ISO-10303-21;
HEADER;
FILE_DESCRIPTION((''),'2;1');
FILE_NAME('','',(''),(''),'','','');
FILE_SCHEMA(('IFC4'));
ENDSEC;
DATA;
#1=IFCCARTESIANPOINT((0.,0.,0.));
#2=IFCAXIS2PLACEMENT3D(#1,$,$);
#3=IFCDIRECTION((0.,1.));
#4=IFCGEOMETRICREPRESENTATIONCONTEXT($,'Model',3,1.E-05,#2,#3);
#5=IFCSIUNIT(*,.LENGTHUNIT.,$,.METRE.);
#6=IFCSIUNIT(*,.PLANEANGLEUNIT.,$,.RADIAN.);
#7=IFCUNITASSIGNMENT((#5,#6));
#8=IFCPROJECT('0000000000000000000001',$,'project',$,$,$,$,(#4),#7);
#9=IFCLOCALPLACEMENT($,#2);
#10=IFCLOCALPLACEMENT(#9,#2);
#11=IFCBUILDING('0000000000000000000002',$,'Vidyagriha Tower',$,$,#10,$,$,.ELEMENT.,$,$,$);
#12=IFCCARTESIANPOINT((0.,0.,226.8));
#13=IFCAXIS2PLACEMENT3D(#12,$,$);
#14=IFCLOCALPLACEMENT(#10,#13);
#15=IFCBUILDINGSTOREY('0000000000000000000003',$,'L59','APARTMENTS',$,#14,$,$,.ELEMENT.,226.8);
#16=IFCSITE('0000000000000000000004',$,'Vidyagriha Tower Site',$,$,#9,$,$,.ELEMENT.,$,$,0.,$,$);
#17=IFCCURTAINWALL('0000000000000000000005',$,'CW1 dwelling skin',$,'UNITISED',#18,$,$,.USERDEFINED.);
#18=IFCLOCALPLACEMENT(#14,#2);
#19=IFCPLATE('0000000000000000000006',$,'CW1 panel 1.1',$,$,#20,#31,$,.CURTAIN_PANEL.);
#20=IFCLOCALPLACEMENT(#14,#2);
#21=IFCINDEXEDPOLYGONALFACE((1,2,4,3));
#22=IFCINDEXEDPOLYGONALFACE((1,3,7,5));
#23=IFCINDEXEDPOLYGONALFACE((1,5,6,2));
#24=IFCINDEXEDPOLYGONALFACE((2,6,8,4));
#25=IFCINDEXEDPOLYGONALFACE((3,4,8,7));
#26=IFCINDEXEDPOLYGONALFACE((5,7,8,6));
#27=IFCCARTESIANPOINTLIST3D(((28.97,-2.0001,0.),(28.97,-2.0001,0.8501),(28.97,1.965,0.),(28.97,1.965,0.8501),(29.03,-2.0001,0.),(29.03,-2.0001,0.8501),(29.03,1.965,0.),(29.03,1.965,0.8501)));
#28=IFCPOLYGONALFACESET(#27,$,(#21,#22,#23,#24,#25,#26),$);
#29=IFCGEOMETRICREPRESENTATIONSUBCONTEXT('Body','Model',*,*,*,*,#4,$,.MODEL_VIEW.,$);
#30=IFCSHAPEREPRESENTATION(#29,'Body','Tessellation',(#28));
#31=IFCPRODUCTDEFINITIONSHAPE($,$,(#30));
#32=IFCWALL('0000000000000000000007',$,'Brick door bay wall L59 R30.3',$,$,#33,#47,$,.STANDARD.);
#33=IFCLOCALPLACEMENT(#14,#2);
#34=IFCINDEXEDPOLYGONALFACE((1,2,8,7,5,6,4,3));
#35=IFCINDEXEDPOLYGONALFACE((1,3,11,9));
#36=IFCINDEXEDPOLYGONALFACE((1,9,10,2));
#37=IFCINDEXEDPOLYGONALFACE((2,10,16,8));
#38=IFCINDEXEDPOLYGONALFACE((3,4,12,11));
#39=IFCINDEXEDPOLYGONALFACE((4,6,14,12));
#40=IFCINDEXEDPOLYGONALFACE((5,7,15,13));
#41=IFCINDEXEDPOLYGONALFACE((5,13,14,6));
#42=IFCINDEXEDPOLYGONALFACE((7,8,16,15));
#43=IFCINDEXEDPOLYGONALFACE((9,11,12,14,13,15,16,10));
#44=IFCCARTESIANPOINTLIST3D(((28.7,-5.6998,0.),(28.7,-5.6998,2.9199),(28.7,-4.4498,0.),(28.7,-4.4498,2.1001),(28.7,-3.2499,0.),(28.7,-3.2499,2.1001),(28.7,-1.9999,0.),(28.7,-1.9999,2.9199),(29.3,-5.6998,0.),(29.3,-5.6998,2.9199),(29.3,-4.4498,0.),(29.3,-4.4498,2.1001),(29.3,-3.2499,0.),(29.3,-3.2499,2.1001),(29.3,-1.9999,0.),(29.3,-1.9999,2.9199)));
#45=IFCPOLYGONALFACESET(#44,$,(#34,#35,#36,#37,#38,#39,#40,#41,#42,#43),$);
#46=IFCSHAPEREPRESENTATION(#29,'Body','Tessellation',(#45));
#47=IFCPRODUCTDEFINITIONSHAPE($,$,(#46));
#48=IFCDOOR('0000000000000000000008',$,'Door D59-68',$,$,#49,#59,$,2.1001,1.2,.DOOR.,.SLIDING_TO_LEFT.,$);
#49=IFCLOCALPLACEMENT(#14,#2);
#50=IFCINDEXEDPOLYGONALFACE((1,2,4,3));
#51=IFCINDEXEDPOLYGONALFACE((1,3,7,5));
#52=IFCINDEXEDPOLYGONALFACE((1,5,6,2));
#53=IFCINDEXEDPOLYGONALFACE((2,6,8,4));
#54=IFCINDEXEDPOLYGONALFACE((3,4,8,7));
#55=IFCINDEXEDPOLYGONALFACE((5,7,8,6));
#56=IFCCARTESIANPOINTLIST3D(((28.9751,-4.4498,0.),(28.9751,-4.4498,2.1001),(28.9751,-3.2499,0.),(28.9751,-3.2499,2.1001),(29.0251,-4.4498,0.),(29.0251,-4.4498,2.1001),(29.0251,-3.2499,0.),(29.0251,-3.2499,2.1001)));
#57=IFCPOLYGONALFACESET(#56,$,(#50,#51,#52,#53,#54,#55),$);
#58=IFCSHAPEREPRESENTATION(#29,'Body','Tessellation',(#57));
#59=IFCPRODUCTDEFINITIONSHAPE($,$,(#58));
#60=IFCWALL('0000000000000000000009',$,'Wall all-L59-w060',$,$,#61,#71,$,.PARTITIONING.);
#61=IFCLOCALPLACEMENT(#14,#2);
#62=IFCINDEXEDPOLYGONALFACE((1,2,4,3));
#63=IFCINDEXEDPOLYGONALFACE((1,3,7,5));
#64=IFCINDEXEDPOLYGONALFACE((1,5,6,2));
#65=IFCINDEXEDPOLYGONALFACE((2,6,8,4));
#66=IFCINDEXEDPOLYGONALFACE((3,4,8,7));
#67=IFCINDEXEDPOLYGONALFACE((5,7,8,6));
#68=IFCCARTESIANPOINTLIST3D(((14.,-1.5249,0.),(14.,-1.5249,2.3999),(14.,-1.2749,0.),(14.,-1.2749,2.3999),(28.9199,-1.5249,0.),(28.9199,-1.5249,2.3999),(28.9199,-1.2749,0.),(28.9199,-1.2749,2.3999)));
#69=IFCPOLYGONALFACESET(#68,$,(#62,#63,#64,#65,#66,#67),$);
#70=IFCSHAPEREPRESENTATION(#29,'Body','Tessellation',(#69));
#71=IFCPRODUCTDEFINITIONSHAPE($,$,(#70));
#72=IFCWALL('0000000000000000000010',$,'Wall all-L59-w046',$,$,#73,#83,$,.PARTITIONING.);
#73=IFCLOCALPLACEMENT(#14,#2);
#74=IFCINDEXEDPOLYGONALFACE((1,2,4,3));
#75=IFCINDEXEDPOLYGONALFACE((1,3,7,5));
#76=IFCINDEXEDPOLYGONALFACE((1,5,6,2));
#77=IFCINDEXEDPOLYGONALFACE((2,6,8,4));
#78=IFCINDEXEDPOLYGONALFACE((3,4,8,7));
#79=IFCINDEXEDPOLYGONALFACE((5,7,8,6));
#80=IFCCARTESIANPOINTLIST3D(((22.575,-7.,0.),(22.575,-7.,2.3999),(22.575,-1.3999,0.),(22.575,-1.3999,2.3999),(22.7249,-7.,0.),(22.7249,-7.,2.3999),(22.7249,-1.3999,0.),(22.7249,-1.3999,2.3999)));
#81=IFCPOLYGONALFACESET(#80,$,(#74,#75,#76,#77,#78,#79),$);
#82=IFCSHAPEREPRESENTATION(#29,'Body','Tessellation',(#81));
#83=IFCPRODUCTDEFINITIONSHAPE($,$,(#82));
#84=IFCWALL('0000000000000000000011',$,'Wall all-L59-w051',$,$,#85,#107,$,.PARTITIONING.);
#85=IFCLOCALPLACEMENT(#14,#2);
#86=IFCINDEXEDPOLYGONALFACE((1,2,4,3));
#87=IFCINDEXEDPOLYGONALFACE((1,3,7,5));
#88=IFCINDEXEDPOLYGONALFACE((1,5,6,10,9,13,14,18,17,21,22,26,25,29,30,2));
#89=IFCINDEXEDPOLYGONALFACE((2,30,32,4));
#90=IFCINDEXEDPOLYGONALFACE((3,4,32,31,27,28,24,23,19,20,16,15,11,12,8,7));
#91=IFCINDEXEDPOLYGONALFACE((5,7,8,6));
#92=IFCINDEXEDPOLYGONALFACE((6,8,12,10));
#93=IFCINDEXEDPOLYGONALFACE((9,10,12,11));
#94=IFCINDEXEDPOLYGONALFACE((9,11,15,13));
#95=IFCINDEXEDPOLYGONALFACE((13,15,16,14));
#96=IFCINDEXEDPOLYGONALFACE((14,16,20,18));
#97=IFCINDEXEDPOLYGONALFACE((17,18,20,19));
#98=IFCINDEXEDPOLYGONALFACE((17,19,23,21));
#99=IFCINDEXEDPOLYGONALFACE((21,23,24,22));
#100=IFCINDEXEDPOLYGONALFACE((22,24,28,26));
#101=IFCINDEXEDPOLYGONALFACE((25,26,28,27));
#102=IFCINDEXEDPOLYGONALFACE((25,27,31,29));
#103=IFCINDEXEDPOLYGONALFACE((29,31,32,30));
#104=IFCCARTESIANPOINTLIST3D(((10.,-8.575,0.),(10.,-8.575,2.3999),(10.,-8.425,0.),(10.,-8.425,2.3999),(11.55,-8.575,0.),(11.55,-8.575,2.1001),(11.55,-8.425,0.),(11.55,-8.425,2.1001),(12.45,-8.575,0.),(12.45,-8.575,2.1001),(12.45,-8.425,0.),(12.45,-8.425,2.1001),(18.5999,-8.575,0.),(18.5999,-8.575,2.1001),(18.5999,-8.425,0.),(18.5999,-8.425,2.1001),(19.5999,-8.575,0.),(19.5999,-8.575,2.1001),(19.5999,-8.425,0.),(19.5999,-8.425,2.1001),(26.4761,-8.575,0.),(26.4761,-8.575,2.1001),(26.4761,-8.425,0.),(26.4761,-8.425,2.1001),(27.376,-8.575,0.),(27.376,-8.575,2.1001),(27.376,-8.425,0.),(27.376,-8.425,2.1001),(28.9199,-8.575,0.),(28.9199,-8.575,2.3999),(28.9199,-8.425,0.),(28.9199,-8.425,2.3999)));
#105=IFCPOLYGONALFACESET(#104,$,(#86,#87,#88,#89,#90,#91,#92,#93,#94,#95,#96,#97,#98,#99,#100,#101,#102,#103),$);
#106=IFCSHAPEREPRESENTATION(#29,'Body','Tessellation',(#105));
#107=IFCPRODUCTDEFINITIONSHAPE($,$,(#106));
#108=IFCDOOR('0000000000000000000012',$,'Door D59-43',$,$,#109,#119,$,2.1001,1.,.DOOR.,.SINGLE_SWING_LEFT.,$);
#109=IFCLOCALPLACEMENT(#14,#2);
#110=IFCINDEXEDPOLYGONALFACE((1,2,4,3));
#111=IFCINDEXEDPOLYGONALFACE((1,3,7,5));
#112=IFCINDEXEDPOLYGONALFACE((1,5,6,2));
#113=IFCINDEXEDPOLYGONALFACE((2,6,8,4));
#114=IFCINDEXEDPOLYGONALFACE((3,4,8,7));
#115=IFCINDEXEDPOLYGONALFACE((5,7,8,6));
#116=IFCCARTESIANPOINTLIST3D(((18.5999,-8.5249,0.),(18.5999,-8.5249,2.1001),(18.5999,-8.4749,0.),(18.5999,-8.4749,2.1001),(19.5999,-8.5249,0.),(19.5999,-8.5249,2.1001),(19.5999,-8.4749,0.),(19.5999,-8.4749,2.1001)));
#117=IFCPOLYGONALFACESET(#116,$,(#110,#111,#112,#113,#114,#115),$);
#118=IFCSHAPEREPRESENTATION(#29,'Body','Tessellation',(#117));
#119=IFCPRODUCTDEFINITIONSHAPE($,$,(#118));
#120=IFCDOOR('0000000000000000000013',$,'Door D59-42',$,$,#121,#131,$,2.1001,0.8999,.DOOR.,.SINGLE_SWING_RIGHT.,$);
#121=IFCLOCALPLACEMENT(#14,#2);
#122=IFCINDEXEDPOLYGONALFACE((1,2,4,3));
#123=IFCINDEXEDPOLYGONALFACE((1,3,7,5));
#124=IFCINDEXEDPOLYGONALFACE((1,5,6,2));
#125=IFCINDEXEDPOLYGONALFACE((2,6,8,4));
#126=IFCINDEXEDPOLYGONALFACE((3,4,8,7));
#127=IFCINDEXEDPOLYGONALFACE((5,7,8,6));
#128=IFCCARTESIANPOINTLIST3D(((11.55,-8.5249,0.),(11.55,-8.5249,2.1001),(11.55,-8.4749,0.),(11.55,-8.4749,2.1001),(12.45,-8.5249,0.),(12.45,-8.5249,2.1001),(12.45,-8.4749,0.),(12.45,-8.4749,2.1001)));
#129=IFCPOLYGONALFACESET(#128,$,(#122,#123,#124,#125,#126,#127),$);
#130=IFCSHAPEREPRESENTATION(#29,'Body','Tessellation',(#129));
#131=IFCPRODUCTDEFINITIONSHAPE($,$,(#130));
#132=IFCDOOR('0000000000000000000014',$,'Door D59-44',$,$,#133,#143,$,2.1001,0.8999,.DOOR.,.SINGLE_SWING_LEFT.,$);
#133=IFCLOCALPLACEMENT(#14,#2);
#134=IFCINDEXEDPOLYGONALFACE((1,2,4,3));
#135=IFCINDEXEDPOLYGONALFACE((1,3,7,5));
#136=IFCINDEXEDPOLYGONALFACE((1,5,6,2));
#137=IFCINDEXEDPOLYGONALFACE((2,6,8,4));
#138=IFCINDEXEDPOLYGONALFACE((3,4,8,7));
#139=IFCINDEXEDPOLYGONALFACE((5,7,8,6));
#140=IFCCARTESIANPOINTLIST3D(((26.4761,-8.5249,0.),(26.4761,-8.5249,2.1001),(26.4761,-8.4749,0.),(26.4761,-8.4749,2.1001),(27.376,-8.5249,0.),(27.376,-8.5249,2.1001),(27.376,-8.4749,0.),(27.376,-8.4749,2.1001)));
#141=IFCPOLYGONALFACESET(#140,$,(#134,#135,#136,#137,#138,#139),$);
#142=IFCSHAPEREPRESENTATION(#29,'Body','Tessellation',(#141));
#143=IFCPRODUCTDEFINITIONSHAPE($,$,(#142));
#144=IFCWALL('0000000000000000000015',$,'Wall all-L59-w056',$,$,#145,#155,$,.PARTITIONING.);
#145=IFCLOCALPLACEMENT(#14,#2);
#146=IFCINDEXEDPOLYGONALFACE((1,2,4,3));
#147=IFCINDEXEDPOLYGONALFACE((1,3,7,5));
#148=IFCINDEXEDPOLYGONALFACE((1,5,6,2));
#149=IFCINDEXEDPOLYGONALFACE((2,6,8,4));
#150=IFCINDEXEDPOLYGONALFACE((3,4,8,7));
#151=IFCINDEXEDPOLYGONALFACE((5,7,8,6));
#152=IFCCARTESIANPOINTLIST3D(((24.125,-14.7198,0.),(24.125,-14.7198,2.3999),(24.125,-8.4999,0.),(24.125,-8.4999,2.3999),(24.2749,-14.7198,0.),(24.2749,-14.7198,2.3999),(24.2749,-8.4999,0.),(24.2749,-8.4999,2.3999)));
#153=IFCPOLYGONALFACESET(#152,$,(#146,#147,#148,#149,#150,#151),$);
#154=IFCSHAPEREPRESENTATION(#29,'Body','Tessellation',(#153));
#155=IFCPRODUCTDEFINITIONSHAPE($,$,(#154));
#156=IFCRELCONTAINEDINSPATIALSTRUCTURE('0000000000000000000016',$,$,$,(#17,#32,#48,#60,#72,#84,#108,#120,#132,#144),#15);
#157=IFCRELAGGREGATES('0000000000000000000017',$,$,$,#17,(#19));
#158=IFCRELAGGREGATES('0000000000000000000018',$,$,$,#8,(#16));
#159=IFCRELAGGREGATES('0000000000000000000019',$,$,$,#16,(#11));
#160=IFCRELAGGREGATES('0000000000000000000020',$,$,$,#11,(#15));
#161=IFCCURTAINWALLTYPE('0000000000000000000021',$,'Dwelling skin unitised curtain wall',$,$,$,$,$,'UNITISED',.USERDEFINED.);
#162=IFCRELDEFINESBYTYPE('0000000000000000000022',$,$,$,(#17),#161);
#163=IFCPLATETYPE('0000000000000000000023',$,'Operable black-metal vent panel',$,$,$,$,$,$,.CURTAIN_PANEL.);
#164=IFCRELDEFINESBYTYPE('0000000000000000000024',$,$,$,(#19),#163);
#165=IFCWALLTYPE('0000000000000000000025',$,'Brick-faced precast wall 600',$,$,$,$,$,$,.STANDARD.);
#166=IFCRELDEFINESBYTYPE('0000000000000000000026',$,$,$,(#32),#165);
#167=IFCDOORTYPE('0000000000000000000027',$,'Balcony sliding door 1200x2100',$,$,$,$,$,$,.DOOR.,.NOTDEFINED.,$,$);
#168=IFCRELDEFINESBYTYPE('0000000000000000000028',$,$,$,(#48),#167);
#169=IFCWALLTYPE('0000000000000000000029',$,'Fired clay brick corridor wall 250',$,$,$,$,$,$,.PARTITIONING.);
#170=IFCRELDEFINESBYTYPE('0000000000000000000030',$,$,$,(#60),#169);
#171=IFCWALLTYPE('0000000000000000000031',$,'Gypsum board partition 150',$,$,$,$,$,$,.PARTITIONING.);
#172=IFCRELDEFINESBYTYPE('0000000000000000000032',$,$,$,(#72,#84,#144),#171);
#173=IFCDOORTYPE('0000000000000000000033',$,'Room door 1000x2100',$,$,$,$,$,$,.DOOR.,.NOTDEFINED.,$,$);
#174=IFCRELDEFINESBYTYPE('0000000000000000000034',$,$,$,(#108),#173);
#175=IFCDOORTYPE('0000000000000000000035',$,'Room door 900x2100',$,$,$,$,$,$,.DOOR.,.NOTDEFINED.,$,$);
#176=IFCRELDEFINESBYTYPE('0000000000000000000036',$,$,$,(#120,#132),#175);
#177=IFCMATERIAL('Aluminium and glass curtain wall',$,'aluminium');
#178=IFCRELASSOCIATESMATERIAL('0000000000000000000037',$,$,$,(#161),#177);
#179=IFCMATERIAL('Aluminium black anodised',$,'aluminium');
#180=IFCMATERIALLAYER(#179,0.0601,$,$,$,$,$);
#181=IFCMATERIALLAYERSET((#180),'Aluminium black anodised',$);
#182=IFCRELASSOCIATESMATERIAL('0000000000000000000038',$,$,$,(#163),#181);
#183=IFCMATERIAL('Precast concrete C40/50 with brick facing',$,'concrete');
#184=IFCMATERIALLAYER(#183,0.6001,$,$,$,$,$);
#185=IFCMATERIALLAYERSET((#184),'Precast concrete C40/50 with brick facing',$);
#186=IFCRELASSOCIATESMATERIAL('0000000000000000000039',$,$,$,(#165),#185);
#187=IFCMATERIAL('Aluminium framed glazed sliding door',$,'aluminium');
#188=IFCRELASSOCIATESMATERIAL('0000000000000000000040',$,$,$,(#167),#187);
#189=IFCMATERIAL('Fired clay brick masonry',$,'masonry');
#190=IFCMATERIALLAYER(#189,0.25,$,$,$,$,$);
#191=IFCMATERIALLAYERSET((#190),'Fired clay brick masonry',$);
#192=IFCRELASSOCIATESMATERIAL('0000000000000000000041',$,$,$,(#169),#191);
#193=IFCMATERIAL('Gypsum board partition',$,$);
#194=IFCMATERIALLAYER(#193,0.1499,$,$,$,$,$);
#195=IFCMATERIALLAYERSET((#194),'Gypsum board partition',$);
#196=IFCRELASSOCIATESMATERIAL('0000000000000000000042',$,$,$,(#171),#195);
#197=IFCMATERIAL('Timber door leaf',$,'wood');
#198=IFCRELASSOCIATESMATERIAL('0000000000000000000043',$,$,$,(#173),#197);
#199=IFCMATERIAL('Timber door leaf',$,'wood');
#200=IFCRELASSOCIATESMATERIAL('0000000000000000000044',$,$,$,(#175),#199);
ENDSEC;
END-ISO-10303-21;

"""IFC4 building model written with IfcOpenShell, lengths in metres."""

from ifc_helpers import new_model, si_unit, direction, frame, frame_2d, origin, origin_2d, place, context, subcontext, project, spatial, rectangle, extrude, material, layer, layer_set, type_object, element, fill, aggregate, save


model = new_model("IFC4")

# Units and contexts
model_context = context("Model", 3, precision=1e-05, world=origin(), true_north=direction((0.0, 1.0)))
body_context = subcontext(model_context, "Body", "Model", "MODEL_VIEW")
ifc_project = project(units=[si_unit("LENGTHUNIT", "METRE"), si_unit("PLANEANGLEUNIT", "RADIAN")], contexts=[model_context])

# Site, building, storey
site_placement = place(None, origin())
site = spatial("IfcSite", under=ifc_project, at=site_placement, Name="Vidyagriha Tower Site", CompositionType="ELEMENT", RefElevation=0.0)
building_placement = place(site_placement, origin())
building = spatial("IfcBuilding", under=site, at=building_placement, Name="Vidyagriha Tower", CompositionType="ELEMENT")
storey_placement = place(building_placement, frame((0.0, 0.0, 226.8)))
storey = spatial("IfcBuildingStorey", under=building, at=storey_placement, Name="L59", Description="APARTMENTS", CompositionType="ELEMENT", Elevation=226.8)

# Shared definitions
ifc_material_1 = material(Name="Aluminium and glass curtain wall", Category="aluminium")
curtain_wall_type = type_object("IfcCurtainWallType", Name="Dwelling skin unitised curtain wall", ElementType="UNITISED", PredefinedType="USERDEFINED", material=ifc_material_1)

# Curtain wall
curtain_wall_1_placement = place(storey_placement, origin())
curtain_wall_1 = element("IfcCurtainWall", 1, at=curtain_wall_1_placement, inside=storey, type_object=curtain_wall_type, Name="CW1 dwelling skin", ObjectType="UNITISED", PredefinedType="USERDEFINED")

# Plate
ifc_material_2 = material(Name="Aluminium black anodised", Category="aluminium")
ifc_layer_1 = layer(ifc_material_2, 0.0601)
ifc_layer_set_1 = layer_set([ifc_layer_1], Name="Aluminium black anodised")
plate_type_1 = type_object("IfcPlateType", Name="Operable black-metal vent panel", PredefinedType="CURTAIN_PANEL", material=ifc_layer_set_1)
plate_1_placement = place(storey_placement, frame((29.0, -0.0176, 0.0), z_axis=(0.0, 0.0, 1.0), x_axis=(0.0, 1.0, 0.0)))
plate_1 = element("IfcPlate", 2, at=plate_1_placement, type_object=plate_type_1, Name="CW1 panel 1.1", PredefinedType="CURTAIN_PANEL", context=body_context, shape_type="SweptSolid", body=[
    extrude(rectangle(XDim=3.9651, YDim=0.0601, at=origin_2d()), origin(), (0.0, 0.0, 1.0), 0.8501),
])
aggregate(curtain_wall_1, [plate_1])

# Wall, opening, door
ifc_material_3 = material(Name="Precast concrete C40/50 with brick facing", Category="concrete")
ifc_layer_2 = layer(ifc_material_3, 0.6001)
ifc_layer_set_2 = layer_set([ifc_layer_2], Name="Precast concrete C40/50 with brick facing")
wall_type_1 = type_object("IfcWallType", Name="Brick-faced precast wall 600", PredefinedType="STANDARD", material=ifc_layer_set_2)
wall_1_placement = place(storey_placement, frame((29.0, -5.7, 0.0), z_axis=(0.0, 0.0, 1.0), x_axis=(0.0, 1.0, 0.0)))
wall_1 = element("IfcWall", 3, at=wall_1_placement, inside=storey, type_object=wall_type_1, Name="Brick door bay wall L59 R30.3", PredefinedType="STANDARD", context=body_context, shape_type="SweptSolid", body=[
    extrude(rectangle(XDim=3.7, YDim=0.6001, at=frame_2d((1.8501, 0.0))), origin(), (0.0, 0.0, 1.0), 2.9199),
])
opening_1_placement = place(wall_1_placement, frame((1.25, 0.0, 0.0)))
opening_1 = element("IfcOpeningElement", 4, at=opening_1_placement, cuts=wall_1, PredefinedType="OPENING", context=body_context, shape_type="SweptSolid", body=[
    extrude(rectangle(XDim=1.2, YDim=2.1001, at=frame_2d((0.6001, 1.05))), frame((0.0, 0.3101, 0.0), z_axis=(0.0, -1.0, 0.0), x_axis=(1.0, 0.0, 0.0)), (0.0, 0.0, 1.0), 0.6201),
])
ifc_material_4 = material(Name="Aluminium framed glazed sliding door", Category="aluminium")
door_type_1 = type_object("IfcDoorType", Name="Balcony sliding door 1200x2100", OperationType="NOTDEFINED", PredefinedType="DOOR", material=ifc_material_4)
door_1_placement = place(opening_1_placement, origin())
door_1 = element("IfcDoor", 5, at=door_1_placement, inside=storey, type_object=door_type_1, Name="Door D59-68", OperationType="SLIDING_TO_LEFT", OverallHeight=2.1001, OverallWidth=1.2, PredefinedType="DOOR", context=body_context, shape_type="SweptSolid", body=[
    extrude(rectangle(XDim=1.2, YDim=2.1001, at=frame_2d((0.6001, 1.05))), frame((0.0, 0.0249, 0.0), z_axis=(0.0, -1.0, 0.0), x_axis=(1.0, 0.0, 0.0)), (0.0, 0.0, 1.0), 0.05),
])
fill(opening_1, door_1)

# Walls
ifc_material_5 = material(Name="Fired clay brick masonry", Category="masonry")
ifc_layer_3 = layer(ifc_material_5, 0.25)
ifc_layer_set_3 = layer_set([ifc_layer_3], Name="Fired clay brick masonry")
wall_type_2 = type_object("IfcWallType", Name="Fired clay brick corridor wall 250", PredefinedType="PARTITIONING", material=ifc_layer_set_3)
wall_2_placement = place(storey_placement, frame((28.9199, -1.3999, 0.0), z_axis=(0.0, 0.0, 1.0), x_axis=(-1.0, 0.0, 0.0)))
element("IfcWall", 6, at=wall_2_placement, inside=storey, type_object=wall_type_2, Name="Wall all-L59-w060", PredefinedType="PARTITIONING", context=body_context, shape_type="SweptSolid", body=[
    extrude(rectangle(XDim=14.9199, YDim=0.25, at=frame_2d((7.46, 0.0))), origin(), (0.0, 0.0, 1.0), 2.3999),
])
ifc_material_6 = material(Name="Gypsum board partition")
ifc_layer_4 = layer(ifc_material_6, 0.1499)
ifc_layer_set_4 = layer_set([ifc_layer_4], Name="Gypsum board partition")
wall_type_3 = type_object("IfcWallType", Name="Gypsum board partition 150", PredefinedType="PARTITIONING", material=ifc_layer_set_4)
wall_3_placement = place(storey_placement, frame((22.6499, -1.3999, 0.0), z_axis=(0.0, 0.0, 1.0), x_axis=(0.0, -1.0, 0.0)))
element("IfcWall", 7, at=wall_3_placement, inside=storey, type_object=wall_type_3, Name="Wall all-L59-w046", PredefinedType="PARTITIONING", context=body_context, shape_type="SweptSolid", body=[
    extrude(rectangle(XDim=5.6001, YDim=0.1499, at=frame_2d((2.8, 0.0))), origin(), (0.0, 0.0, 1.0), 2.3999),
])

# Wall, openings, doors
wall_4_placement = place(storey_placement, frame((28.9199, -8.5, 0.0), z_axis=(0.0, 0.0, 1.0), x_axis=(-1.0, 0.0, 0.0)))
wall_4 = element("IfcWall", 8, at=wall_4_placement, inside=storey, type_object=wall_type_3, Name="Wall all-L59-w051", PredefinedType="PARTITIONING", context=body_context, shape_type="SweptSolid", body=[
    extrude(rectangle(XDim=18.9199, YDim=0.1499, at=frame_2d((9.46, 0.0))), origin(), (0.0, 0.0, 1.0), 2.3999),
])
opening_2_placement = place(wall_4_placement, frame((16.47, 0.0, 0.0)))
opening_2 = element("IfcOpeningElement", 9, at=opening_2_placement, cuts=wall_4, PredefinedType="OPENING", context=body_context, shape_type="SweptSolid", body=[
    extrude(rectangle(XDim=0.8999, YDim=2.1001, at=frame_2d((0.45, 1.05))), frame((0.0, 0.085, 0.0), z_axis=(0.0, -1.0, 0.0), x_axis=(1.0, 0.0, 0.0)), (0.0, 0.0, 1.0), 0.1699),
])
opening_3_placement = place(wall_4_placement, frame((9.3201, 0.0, 0.0)))
opening_3 = element("IfcOpeningElement", 10, at=opening_3_placement, cuts=wall_4, PredefinedType="OPENING", context=body_context, shape_type="SweptSolid", body=[
    extrude(rectangle(XDim=1.0, YDim=2.1001, at=frame_2d((0.5, 1.05))), frame((0.0, 0.085, 0.0), z_axis=(0.0, -1.0, 0.0), x_axis=(1.0, 0.0, 0.0)), (0.0, 0.0, 1.0), 0.1699),
])
opening_4_placement = place(wall_4_placement, frame((1.5439, 0.0, 0.0)))
opening_4 = element("IfcOpeningElement", 11, at=opening_4_placement, cuts=wall_4, PredefinedType="OPENING", context=body_context, shape_type="SweptSolid", body=[
    extrude(rectangle(XDim=0.8999, YDim=2.1001, at=frame_2d((0.45, 1.05))), frame((0.0, 0.085, 0.0), z_axis=(0.0, -1.0, 0.0), x_axis=(1.0, 0.0, 0.0)), (0.0, 0.0, 1.0), 0.1699),
])
ifc_material_7 = material(Name="Timber door leaf", Category="wood")
door_type_2 = type_object("IfcDoorType", Name="Room door 1000x2100", OperationType="NOTDEFINED", PredefinedType="DOOR", material=ifc_material_7)
door_2_placement = place(opening_3_placement, origin())
door_2 = element("IfcDoor", 12, at=door_2_placement, inside=storey, type_object=door_type_2, Name="Door D59-43", OperationType="SINGLE_SWING_LEFT", OverallHeight=2.1001, OverallWidth=1.0, PredefinedType="DOOR", context=body_context, shape_type="SweptSolid", body=[
    extrude(rectangle(XDim=1.0, YDim=2.1001, at=frame_2d((0.5, 1.05))), frame((0.0, 0.0249, 0.0), z_axis=(0.0, -1.0, 0.0), x_axis=(1.0, 0.0, 0.0)), (0.0, 0.0, 1.0), 0.05),
])
fill(opening_3, door_2)
ifc_material_8 = material(Name="Timber door leaf", Category="wood")
door_type_3 = type_object("IfcDoorType", Name="Room door 900x2100", OperationType="NOTDEFINED", PredefinedType="DOOR", material=ifc_material_8)
door_3_placement = place(opening_2_placement, origin())
door_3 = element("IfcDoor", 13, at=door_3_placement, inside=storey, type_object=door_type_3, Name="Door D59-42", OperationType="SINGLE_SWING_RIGHT", OverallHeight=2.1001, OverallWidth=0.8999, PredefinedType="DOOR", context=body_context, shape_type="SweptSolid", body=[
    extrude(rectangle(XDim=0.8999, YDim=2.1001, at=frame_2d((0.45, 1.05))), frame((0.0, 0.0249, 0.0), z_axis=(0.0, -1.0, 0.0), x_axis=(1.0, 0.0, 0.0)), (0.0, 0.0, 1.0), 0.05),
])
fill(opening_2, door_3)
door_4_placement = place(opening_4_placement, origin())
door_4 = element("IfcDoor", 14, at=door_4_placement, inside=storey, type_object=door_type_3, Name="Door D59-44", OperationType="SINGLE_SWING_LEFT", OverallHeight=2.1001, OverallWidth=0.8999, PredefinedType="DOOR", context=body_context, shape_type="SweptSolid", body=[
    extrude(rectangle(XDim=0.8999, YDim=2.1001, at=frame_2d((0.45, 1.05))), frame((0.0, 0.0249, 0.0), z_axis=(0.0, -1.0, 0.0), x_axis=(1.0, 0.0, 0.0)), (0.0, 0.0, 1.0), 0.05),
])
fill(opening_4, door_4)

# Wall
wall_5_placement = place(storey_placement, frame((24.2, -8.5, 0.0), z_axis=(0.0, 0.0, 1.0), x_axis=(0.0, -1.0, 0.0)))
element("IfcWall", 15, at=wall_5_placement, inside=storey, type_object=wall_type_3, Name="Wall all-L59-w056", PredefinedType="PARTITIONING", context=body_context, shape_type="SweptSolid", body=[
    extrude(rectangle(XDim=6.22, YDim=0.1499, at=frame_2d((3.1099, 0.0))), origin(), (0.0, 0.0, 1.0), 2.3999),
])

save(model, "model.ifc")
